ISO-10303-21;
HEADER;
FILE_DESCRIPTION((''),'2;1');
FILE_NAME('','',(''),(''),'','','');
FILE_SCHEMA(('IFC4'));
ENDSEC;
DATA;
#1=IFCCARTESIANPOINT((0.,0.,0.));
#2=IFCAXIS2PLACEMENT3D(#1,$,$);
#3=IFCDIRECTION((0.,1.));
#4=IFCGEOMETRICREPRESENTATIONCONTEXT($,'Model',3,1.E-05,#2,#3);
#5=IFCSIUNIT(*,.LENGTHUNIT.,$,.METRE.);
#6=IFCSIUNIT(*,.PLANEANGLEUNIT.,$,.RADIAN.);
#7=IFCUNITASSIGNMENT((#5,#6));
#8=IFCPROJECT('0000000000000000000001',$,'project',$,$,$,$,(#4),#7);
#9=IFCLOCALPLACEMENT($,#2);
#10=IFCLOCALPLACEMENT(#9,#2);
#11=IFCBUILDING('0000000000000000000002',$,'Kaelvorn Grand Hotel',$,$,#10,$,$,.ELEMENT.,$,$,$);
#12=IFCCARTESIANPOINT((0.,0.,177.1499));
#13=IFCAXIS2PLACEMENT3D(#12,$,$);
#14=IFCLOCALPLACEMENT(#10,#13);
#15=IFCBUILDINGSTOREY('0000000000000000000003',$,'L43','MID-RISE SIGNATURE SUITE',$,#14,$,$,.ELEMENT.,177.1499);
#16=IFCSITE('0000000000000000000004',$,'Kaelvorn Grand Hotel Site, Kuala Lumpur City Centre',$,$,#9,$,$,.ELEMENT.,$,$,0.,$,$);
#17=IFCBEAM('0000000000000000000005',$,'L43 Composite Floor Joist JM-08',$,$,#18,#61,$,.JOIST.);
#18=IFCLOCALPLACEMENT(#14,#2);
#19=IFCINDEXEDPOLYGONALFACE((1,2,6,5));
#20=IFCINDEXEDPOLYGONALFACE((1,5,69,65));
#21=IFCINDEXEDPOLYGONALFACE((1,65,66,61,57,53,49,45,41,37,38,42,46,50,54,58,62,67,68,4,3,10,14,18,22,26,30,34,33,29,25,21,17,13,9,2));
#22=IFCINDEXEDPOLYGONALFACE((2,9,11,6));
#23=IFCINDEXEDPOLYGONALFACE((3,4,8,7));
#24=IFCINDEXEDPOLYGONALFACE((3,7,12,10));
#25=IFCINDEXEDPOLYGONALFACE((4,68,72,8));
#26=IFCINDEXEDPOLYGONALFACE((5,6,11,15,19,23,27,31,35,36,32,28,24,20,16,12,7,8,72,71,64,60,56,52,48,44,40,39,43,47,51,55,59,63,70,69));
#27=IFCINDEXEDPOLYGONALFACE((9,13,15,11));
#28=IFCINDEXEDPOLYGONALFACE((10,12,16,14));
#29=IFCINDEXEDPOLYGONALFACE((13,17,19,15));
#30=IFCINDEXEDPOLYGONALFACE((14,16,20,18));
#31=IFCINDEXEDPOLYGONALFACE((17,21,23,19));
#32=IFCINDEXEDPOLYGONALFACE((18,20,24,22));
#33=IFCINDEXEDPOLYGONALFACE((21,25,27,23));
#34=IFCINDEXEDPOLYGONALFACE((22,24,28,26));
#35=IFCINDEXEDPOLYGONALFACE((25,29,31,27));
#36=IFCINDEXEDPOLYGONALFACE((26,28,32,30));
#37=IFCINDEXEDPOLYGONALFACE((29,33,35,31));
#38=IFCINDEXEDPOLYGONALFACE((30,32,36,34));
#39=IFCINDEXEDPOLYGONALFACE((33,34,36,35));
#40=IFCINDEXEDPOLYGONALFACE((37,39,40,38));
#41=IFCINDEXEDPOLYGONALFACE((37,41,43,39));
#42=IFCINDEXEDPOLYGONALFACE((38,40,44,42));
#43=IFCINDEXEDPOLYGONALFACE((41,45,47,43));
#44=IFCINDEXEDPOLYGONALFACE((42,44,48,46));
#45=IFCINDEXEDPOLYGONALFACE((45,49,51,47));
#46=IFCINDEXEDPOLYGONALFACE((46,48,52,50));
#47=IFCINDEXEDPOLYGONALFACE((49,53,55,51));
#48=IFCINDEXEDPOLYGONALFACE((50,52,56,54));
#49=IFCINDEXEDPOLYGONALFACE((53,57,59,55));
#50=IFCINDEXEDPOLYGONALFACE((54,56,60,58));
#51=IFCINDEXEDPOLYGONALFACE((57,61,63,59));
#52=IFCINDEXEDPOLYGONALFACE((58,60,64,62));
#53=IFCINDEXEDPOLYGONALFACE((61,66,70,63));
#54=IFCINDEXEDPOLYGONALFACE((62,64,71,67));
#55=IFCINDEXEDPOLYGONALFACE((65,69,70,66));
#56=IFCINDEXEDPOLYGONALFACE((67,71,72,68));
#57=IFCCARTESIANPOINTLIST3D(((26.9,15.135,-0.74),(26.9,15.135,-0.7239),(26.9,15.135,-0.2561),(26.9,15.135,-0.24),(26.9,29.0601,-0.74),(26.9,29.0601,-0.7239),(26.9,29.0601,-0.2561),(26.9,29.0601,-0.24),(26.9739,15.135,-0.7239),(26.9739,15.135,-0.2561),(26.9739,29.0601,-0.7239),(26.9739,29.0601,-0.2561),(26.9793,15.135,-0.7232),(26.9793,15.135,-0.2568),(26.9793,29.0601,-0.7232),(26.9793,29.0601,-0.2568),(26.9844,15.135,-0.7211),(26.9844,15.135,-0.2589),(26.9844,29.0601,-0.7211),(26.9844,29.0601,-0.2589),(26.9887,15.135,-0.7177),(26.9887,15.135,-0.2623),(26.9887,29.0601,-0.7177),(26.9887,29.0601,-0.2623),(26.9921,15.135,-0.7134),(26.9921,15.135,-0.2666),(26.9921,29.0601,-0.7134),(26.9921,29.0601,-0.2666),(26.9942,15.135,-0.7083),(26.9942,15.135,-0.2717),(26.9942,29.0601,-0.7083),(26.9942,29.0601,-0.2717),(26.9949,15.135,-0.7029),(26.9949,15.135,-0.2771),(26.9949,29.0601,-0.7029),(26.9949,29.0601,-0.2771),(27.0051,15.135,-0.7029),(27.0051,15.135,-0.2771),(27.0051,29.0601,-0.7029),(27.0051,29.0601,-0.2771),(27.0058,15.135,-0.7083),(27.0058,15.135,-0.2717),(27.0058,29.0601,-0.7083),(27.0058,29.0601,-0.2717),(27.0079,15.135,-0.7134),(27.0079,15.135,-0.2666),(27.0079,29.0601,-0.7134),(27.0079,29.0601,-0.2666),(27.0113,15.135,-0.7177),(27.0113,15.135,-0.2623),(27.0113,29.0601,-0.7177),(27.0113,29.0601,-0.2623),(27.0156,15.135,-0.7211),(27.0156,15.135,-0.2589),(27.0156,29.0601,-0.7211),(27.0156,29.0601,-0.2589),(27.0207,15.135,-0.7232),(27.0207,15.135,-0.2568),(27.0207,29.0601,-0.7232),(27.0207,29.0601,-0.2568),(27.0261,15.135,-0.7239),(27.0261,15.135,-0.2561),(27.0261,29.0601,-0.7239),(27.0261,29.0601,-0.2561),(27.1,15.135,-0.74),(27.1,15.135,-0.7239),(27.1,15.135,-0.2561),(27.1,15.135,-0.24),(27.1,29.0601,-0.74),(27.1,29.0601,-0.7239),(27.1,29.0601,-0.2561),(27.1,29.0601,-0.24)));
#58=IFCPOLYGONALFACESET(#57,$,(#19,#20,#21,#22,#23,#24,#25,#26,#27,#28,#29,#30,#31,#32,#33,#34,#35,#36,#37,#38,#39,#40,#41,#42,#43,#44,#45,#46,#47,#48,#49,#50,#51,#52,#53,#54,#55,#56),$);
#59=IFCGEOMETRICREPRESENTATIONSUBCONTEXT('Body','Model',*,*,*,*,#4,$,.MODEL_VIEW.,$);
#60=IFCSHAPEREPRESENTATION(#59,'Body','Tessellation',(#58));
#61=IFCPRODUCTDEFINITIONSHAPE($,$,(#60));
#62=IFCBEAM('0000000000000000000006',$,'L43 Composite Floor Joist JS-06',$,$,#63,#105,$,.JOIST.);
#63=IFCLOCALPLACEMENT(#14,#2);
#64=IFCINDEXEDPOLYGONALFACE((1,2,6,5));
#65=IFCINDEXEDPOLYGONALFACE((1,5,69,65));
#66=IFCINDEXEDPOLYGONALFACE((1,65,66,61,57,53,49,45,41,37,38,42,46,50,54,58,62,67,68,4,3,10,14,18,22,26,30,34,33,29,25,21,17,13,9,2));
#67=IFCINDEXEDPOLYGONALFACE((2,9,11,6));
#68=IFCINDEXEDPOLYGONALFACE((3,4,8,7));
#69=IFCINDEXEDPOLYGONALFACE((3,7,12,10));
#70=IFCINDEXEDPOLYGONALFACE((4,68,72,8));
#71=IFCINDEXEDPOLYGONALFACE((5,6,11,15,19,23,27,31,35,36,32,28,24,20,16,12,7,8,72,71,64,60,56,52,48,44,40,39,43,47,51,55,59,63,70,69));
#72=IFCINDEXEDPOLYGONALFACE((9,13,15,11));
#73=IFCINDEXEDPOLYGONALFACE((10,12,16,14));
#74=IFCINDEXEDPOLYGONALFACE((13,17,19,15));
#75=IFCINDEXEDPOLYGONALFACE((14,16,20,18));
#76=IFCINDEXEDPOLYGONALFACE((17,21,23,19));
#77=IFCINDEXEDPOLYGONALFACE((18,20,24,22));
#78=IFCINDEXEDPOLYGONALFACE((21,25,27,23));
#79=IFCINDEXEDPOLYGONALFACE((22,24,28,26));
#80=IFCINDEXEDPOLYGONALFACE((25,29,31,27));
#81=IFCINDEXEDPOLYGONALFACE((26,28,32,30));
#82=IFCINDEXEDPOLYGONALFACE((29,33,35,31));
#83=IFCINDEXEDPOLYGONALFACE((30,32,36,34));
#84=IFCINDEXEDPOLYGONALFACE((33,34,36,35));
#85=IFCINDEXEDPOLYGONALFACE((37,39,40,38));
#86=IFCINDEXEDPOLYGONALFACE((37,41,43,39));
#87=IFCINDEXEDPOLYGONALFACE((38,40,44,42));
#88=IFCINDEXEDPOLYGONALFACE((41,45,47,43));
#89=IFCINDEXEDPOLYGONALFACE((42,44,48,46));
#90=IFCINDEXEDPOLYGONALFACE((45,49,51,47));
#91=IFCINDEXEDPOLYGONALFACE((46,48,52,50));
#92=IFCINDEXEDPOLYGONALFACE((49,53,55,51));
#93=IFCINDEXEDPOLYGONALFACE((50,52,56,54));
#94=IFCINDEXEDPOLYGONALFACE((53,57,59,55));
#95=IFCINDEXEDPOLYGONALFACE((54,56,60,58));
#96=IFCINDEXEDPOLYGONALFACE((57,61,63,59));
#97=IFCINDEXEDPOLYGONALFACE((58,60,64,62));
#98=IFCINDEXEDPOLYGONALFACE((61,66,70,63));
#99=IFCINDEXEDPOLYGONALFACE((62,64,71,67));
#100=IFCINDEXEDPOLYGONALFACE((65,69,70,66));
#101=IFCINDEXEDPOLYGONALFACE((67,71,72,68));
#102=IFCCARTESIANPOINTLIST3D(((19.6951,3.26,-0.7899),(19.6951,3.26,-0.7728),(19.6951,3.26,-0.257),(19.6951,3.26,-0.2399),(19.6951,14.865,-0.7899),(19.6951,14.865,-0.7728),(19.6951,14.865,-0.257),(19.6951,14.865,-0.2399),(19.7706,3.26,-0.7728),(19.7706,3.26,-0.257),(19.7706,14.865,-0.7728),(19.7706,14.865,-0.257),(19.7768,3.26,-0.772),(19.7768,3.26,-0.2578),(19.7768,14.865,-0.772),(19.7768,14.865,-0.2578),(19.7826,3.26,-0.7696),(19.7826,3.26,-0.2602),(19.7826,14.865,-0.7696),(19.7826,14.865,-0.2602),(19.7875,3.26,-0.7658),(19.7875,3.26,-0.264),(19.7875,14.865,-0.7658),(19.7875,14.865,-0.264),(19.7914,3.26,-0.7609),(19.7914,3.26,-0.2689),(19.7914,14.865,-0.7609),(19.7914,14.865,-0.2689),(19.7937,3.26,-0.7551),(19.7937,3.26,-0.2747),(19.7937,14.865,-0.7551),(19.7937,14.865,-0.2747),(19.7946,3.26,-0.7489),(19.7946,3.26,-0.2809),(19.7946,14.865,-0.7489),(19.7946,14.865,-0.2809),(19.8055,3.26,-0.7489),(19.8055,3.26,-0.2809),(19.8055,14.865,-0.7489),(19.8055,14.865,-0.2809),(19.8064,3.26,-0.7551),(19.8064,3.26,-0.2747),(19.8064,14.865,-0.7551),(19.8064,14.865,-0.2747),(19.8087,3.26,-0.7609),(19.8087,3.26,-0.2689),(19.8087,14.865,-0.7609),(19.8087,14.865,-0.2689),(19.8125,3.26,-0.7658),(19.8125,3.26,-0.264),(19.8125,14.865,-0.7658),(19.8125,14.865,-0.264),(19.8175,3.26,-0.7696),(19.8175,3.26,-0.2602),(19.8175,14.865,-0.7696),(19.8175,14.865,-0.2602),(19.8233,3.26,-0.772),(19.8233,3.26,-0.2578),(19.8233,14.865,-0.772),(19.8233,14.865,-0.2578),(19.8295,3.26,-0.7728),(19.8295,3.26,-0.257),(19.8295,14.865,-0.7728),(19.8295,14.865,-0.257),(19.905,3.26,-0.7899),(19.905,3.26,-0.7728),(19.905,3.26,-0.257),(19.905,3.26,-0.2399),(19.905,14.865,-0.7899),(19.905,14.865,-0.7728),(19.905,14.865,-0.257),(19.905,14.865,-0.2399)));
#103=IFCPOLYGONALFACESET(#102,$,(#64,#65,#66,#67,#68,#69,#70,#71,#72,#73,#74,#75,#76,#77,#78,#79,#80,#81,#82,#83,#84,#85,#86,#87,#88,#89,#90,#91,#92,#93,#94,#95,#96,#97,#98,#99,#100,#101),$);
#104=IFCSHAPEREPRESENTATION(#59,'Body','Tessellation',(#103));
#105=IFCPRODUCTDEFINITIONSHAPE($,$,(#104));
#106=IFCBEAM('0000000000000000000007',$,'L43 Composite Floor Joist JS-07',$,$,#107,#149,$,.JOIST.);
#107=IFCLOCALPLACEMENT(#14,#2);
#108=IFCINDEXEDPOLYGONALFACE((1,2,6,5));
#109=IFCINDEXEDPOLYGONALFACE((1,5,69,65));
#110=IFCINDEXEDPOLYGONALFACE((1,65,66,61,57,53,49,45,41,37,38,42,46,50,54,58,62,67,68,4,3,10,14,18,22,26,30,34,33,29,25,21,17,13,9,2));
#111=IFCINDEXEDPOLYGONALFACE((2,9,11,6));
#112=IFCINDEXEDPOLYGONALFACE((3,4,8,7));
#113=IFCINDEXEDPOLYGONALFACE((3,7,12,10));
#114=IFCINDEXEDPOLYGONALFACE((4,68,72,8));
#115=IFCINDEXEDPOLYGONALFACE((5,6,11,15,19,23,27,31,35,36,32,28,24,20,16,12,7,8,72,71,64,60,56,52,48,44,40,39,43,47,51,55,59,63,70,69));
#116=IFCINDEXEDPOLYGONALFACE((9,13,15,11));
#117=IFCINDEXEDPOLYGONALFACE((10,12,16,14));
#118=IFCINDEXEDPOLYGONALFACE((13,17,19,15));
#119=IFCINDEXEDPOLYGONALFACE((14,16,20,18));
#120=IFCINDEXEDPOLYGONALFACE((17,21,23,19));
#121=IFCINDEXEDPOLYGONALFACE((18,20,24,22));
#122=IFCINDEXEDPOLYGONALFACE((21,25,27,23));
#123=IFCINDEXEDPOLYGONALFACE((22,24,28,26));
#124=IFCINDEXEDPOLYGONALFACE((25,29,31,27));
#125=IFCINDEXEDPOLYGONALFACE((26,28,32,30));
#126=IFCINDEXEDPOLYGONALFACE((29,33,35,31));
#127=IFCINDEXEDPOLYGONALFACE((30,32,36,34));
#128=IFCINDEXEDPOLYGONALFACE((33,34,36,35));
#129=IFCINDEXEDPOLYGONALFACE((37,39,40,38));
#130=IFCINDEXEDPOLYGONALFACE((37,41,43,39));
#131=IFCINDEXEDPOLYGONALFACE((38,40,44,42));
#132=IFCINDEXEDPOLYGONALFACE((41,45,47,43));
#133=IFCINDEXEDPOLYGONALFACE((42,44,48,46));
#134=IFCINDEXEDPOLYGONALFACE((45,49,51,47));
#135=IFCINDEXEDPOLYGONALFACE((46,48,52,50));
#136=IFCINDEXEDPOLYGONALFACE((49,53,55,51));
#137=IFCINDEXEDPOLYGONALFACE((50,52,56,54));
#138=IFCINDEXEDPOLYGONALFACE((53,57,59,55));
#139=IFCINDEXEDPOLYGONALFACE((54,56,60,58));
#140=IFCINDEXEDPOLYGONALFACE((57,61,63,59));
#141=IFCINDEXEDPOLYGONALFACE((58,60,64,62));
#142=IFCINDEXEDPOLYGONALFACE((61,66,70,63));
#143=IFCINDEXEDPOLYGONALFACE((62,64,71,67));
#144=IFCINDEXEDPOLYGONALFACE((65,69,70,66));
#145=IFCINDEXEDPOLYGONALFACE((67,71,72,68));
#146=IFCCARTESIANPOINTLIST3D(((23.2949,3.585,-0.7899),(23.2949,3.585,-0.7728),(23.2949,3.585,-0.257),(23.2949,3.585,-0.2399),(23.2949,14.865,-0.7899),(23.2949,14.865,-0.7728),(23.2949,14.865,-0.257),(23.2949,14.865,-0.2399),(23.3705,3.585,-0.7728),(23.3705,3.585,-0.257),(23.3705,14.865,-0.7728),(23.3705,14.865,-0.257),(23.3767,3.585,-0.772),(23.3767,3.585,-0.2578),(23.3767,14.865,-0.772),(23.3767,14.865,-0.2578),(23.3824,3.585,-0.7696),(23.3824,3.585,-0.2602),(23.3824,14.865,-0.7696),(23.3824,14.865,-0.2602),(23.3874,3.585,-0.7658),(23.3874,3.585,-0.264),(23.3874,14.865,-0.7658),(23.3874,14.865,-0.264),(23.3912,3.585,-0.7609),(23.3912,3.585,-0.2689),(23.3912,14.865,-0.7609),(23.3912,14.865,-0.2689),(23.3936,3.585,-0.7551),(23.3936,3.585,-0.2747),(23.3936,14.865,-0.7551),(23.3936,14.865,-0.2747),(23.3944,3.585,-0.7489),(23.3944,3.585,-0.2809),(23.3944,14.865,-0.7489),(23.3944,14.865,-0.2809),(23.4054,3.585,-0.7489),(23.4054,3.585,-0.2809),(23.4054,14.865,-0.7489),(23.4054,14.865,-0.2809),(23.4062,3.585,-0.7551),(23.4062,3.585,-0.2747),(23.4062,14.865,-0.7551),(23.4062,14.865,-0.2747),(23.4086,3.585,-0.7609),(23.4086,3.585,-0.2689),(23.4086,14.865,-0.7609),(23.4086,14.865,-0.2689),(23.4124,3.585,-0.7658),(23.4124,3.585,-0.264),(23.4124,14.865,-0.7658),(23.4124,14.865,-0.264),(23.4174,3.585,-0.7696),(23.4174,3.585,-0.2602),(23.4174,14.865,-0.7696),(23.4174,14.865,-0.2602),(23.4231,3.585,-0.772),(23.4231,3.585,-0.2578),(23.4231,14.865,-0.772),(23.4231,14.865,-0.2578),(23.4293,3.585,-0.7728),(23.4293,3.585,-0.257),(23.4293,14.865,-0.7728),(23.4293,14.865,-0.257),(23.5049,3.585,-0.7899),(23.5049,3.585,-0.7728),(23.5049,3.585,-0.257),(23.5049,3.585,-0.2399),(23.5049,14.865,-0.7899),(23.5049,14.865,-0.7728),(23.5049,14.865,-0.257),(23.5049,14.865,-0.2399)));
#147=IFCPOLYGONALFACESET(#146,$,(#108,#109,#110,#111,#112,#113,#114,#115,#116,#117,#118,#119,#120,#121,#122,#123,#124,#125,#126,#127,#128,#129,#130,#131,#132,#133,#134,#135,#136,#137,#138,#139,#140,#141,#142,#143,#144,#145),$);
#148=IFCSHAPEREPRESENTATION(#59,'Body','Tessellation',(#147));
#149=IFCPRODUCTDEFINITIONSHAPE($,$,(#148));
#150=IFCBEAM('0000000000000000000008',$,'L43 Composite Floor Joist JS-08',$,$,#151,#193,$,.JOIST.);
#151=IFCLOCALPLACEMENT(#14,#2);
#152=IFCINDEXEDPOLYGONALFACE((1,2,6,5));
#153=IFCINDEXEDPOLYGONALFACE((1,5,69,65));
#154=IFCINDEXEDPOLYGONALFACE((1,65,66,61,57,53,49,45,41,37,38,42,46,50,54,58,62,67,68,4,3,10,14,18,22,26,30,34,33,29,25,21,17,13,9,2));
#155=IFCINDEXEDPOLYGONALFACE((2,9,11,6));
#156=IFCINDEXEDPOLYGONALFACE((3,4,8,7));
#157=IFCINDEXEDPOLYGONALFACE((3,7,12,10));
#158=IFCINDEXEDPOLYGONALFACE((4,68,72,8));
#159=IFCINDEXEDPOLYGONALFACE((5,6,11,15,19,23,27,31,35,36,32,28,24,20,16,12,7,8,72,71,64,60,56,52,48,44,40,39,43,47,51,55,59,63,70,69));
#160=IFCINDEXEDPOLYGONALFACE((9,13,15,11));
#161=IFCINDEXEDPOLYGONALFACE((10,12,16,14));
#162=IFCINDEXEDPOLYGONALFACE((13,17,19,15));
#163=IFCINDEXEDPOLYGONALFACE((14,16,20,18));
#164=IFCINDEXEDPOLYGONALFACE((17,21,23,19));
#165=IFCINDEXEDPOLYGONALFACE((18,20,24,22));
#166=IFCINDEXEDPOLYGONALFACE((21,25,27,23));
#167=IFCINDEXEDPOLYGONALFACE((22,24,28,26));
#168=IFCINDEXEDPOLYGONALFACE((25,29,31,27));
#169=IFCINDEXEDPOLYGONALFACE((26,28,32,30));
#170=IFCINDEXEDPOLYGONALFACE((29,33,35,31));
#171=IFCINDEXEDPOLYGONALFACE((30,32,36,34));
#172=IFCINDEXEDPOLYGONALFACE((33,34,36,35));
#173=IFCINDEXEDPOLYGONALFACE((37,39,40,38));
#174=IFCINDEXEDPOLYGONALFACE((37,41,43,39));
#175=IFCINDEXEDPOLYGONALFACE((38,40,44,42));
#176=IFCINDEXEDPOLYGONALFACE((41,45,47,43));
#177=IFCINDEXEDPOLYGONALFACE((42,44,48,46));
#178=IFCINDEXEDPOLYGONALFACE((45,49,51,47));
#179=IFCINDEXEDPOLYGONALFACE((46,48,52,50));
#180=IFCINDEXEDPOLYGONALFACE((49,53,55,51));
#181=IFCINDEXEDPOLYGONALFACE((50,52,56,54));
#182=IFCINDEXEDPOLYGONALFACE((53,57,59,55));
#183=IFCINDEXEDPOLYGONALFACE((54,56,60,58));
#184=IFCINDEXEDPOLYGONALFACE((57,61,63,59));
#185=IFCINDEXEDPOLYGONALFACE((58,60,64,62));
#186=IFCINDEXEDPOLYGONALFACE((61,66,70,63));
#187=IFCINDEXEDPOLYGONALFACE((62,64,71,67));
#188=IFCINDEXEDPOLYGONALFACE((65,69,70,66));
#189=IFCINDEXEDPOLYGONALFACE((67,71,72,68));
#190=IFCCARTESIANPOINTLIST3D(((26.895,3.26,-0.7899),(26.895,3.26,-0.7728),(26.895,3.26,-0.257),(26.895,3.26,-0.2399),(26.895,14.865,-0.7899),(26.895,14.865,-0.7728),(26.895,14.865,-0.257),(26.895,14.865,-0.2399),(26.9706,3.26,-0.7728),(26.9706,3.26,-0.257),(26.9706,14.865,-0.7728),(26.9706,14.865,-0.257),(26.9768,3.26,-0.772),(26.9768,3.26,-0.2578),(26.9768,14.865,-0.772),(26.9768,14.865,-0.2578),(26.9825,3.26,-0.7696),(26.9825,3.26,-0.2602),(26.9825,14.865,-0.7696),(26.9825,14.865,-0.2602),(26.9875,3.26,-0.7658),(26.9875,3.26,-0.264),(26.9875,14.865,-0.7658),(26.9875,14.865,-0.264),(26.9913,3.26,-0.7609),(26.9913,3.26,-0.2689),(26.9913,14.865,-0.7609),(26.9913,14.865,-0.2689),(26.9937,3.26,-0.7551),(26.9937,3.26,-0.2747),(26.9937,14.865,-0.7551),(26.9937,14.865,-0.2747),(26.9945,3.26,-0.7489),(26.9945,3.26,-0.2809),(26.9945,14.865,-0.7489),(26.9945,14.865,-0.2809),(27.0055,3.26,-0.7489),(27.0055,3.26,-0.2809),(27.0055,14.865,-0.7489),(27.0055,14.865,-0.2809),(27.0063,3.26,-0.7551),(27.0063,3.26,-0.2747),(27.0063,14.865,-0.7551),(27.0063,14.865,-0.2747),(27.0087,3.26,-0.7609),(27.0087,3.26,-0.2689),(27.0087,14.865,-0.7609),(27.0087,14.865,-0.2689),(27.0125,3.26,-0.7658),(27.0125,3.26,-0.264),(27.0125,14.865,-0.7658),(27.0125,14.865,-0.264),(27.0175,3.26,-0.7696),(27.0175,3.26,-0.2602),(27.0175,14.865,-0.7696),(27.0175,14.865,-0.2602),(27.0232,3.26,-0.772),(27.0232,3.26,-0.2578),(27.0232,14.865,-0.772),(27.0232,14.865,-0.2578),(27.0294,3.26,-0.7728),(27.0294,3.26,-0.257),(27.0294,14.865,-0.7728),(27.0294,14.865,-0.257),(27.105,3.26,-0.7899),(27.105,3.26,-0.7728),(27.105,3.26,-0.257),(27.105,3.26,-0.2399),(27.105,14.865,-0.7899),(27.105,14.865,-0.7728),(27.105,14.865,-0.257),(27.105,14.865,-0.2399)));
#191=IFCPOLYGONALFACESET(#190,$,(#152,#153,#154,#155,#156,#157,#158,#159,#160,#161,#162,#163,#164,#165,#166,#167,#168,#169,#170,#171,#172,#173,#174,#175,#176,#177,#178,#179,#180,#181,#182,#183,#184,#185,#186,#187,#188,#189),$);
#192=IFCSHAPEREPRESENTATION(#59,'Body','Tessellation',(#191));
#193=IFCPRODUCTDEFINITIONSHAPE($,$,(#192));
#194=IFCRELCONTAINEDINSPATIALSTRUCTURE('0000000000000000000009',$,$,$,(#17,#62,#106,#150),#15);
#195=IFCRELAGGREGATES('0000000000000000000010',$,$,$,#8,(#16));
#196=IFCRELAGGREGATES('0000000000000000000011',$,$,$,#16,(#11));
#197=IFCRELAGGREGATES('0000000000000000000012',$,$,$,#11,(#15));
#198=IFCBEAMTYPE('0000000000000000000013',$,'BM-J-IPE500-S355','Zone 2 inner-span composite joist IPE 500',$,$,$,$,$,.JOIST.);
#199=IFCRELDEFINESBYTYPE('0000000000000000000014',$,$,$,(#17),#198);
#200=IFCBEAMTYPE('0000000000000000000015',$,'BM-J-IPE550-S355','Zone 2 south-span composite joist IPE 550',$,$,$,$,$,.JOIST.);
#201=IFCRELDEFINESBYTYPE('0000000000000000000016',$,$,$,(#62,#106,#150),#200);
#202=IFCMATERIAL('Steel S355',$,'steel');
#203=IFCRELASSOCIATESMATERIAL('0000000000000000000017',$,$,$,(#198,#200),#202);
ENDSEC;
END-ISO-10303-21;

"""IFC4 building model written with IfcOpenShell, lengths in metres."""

from ifc_helpers import new_model, si_unit, direction, frame, origin, origin_2d, place, context, subcontext, project, spatial, i_section, extrude, material, material_profile, profile_set, type_object, element, save


model = new_model("IFC4")

# Units and contexts
model_context = context("Model", 3, precision=1e-05, world=origin(), true_north=direction((0.0, 1.0)))
body_context = subcontext(model_context, "Body", "Model", "MODEL_VIEW")
ifc_project = project(units=[si_unit("LENGTHUNIT", "METRE"), si_unit("PLANEANGLEUNIT", "RADIAN")], contexts=[model_context])

# Site, building, storey
site_placement = place(None, origin())
site = spatial("IfcSite", under=ifc_project, at=site_placement, Name="Kaelvorn Grand Hotel Site, Kuala Lumpur City Centre", CompositionType="ELEMENT", RefElevation=0.0)
building_placement = place(site_placement, origin())
building = spatial("IfcBuilding", under=site, at=building_placement, Name="Kaelvorn Grand Hotel", CompositionType="ELEMENT")
storey_placement = place(building_placement, frame((0.0, 0.0, 177.1499)))
storey = spatial("IfcBuildingStorey", under=building, at=storey_placement, Name="L43", Description="MID-RISE SIGNATURE SUITE", CompositionType="ELEMENT", Elevation=177.1499)

# Beams
ifc_material_1 = material(Name="Steel S355", Category="steel")
ifc_material_profile_1 = material_profile(ifc_material_1, i_section(OverallWidth=0.2, OverallDepth=0.5, WebThickness=0.0103, FlangeThickness=0.0161, FilletRadius=0.021, at=origin_2d()), Name="IPE 500")
ifc_profile_set_1 = profile_set([ifc_material_profile_1], Name="Steel S355")
beam_type_1 = type_object("IfcBeamType", Name="BM-J-IPE500-S355", Description="Zone 2 inner-span composite joist IPE 500", PredefinedType="JOIST", material=ifc_profile_set_1)
beam_1_placement = place(storey_placement, frame((27.0, 15.135, -0.49), z_axis=(0.0, 1.0, 0.0), x_axis=(-1.0, 0.0, 0.0)))
element("IfcBeam", 1, at=beam_1_placement, inside=storey, type_object=beam_type_1, Name="L43 Composite Floor Joist JM-08", PredefinedType="JOIST", context=body_context, shape_type="SweptSolid", body=[
    extrude(i_section(OverallWidth=0.2, OverallDepth=0.5, WebThickness=0.0103, FlangeThickness=0.0161, FilletRadius=0.021, at=origin_2d()), origin(), (0.0, 0.0, 1.0), 13.925),
])
ifc_material_profile_2 = material_profile(ifc_material_1, i_section(OverallWidth=0.21, OverallDepth=0.55, WebThickness=0.011, FlangeThickness=0.0171, FilletRadius=0.0239, at=origin_2d()), Name="IPE 550")
ifc_profile_set_2 = profile_set([ifc_material_profile_2], Name="Steel S355")
beam_type_2 = type_object("IfcBeamType", Name="BM-J-IPE550-S355", Description="Zone 2 south-span composite joist IPE 550", PredefinedType="JOIST", material=ifc_profile_set_2)
beam_2_placement = place(storey_placement, frame((19.8, 3.26, -0.5149), z_axis=(0.0, 1.0, 0.0), x_axis=(-1.0, 0.0, 0.0)))
element("IfcBeam", 2, at=beam_2_placement, inside=storey, type_object=beam_type_2, Name="L43 Composite Floor Joist JS-06", PredefinedType="JOIST", context=body_context, shape_type="SweptSolid", body=[
    extrude(i_section(OverallWidth=0.21, OverallDepth=0.55, WebThickness=0.011, FlangeThickness=0.0171, FilletRadius=0.0239, at=origin_2d()), origin(), (0.0, 0.0, 1.0), 11.605),
])
beam_3_placement = place(storey_placement, frame((23.3999, 3.585, -0.5149), z_axis=(0.0, 1.0, 0.0), x_axis=(-1.0, 0.0, 0.0)))
element("IfcBeam", 3, at=beam_3_placement, inside=storey, type_object=beam_type_2, Name="L43 Composite Floor Joist JS-07", PredefinedType="JOIST", context=body_context, shape_type="SweptSolid", body=[
    extrude(i_section(OverallWidth=0.21, OverallDepth=0.55, WebThickness=0.011, FlangeThickness=0.0171, FilletRadius=0.0239, at=origin_2d()), origin(), (0.0, 0.0, 1.0), 11.28),
])
beam_4_placement = place(storey_placement, frame((27.0, 3.26, -0.5149), z_axis=(0.0, 1.0, 0.0), x_axis=(-1.0, 0.0, 0.0)))
element("IfcBeam", 4, at=beam_4_placement, inside=storey, type_object=beam_type_2, Name="L43 Composite Floor Joist JS-08", PredefinedType="JOIST", context=body_context, shape_type="SweptSolid", body=[
    extrude(i_section(OverallWidth=0.21, OverallDepth=0.55, WebThickness=0.011, FlangeThickness=0.0171, FilletRadius=0.0239, at=origin_2d()), origin(), (0.0, 0.0, 1.0), 11.605),
])

save(model, "model.ifc")
